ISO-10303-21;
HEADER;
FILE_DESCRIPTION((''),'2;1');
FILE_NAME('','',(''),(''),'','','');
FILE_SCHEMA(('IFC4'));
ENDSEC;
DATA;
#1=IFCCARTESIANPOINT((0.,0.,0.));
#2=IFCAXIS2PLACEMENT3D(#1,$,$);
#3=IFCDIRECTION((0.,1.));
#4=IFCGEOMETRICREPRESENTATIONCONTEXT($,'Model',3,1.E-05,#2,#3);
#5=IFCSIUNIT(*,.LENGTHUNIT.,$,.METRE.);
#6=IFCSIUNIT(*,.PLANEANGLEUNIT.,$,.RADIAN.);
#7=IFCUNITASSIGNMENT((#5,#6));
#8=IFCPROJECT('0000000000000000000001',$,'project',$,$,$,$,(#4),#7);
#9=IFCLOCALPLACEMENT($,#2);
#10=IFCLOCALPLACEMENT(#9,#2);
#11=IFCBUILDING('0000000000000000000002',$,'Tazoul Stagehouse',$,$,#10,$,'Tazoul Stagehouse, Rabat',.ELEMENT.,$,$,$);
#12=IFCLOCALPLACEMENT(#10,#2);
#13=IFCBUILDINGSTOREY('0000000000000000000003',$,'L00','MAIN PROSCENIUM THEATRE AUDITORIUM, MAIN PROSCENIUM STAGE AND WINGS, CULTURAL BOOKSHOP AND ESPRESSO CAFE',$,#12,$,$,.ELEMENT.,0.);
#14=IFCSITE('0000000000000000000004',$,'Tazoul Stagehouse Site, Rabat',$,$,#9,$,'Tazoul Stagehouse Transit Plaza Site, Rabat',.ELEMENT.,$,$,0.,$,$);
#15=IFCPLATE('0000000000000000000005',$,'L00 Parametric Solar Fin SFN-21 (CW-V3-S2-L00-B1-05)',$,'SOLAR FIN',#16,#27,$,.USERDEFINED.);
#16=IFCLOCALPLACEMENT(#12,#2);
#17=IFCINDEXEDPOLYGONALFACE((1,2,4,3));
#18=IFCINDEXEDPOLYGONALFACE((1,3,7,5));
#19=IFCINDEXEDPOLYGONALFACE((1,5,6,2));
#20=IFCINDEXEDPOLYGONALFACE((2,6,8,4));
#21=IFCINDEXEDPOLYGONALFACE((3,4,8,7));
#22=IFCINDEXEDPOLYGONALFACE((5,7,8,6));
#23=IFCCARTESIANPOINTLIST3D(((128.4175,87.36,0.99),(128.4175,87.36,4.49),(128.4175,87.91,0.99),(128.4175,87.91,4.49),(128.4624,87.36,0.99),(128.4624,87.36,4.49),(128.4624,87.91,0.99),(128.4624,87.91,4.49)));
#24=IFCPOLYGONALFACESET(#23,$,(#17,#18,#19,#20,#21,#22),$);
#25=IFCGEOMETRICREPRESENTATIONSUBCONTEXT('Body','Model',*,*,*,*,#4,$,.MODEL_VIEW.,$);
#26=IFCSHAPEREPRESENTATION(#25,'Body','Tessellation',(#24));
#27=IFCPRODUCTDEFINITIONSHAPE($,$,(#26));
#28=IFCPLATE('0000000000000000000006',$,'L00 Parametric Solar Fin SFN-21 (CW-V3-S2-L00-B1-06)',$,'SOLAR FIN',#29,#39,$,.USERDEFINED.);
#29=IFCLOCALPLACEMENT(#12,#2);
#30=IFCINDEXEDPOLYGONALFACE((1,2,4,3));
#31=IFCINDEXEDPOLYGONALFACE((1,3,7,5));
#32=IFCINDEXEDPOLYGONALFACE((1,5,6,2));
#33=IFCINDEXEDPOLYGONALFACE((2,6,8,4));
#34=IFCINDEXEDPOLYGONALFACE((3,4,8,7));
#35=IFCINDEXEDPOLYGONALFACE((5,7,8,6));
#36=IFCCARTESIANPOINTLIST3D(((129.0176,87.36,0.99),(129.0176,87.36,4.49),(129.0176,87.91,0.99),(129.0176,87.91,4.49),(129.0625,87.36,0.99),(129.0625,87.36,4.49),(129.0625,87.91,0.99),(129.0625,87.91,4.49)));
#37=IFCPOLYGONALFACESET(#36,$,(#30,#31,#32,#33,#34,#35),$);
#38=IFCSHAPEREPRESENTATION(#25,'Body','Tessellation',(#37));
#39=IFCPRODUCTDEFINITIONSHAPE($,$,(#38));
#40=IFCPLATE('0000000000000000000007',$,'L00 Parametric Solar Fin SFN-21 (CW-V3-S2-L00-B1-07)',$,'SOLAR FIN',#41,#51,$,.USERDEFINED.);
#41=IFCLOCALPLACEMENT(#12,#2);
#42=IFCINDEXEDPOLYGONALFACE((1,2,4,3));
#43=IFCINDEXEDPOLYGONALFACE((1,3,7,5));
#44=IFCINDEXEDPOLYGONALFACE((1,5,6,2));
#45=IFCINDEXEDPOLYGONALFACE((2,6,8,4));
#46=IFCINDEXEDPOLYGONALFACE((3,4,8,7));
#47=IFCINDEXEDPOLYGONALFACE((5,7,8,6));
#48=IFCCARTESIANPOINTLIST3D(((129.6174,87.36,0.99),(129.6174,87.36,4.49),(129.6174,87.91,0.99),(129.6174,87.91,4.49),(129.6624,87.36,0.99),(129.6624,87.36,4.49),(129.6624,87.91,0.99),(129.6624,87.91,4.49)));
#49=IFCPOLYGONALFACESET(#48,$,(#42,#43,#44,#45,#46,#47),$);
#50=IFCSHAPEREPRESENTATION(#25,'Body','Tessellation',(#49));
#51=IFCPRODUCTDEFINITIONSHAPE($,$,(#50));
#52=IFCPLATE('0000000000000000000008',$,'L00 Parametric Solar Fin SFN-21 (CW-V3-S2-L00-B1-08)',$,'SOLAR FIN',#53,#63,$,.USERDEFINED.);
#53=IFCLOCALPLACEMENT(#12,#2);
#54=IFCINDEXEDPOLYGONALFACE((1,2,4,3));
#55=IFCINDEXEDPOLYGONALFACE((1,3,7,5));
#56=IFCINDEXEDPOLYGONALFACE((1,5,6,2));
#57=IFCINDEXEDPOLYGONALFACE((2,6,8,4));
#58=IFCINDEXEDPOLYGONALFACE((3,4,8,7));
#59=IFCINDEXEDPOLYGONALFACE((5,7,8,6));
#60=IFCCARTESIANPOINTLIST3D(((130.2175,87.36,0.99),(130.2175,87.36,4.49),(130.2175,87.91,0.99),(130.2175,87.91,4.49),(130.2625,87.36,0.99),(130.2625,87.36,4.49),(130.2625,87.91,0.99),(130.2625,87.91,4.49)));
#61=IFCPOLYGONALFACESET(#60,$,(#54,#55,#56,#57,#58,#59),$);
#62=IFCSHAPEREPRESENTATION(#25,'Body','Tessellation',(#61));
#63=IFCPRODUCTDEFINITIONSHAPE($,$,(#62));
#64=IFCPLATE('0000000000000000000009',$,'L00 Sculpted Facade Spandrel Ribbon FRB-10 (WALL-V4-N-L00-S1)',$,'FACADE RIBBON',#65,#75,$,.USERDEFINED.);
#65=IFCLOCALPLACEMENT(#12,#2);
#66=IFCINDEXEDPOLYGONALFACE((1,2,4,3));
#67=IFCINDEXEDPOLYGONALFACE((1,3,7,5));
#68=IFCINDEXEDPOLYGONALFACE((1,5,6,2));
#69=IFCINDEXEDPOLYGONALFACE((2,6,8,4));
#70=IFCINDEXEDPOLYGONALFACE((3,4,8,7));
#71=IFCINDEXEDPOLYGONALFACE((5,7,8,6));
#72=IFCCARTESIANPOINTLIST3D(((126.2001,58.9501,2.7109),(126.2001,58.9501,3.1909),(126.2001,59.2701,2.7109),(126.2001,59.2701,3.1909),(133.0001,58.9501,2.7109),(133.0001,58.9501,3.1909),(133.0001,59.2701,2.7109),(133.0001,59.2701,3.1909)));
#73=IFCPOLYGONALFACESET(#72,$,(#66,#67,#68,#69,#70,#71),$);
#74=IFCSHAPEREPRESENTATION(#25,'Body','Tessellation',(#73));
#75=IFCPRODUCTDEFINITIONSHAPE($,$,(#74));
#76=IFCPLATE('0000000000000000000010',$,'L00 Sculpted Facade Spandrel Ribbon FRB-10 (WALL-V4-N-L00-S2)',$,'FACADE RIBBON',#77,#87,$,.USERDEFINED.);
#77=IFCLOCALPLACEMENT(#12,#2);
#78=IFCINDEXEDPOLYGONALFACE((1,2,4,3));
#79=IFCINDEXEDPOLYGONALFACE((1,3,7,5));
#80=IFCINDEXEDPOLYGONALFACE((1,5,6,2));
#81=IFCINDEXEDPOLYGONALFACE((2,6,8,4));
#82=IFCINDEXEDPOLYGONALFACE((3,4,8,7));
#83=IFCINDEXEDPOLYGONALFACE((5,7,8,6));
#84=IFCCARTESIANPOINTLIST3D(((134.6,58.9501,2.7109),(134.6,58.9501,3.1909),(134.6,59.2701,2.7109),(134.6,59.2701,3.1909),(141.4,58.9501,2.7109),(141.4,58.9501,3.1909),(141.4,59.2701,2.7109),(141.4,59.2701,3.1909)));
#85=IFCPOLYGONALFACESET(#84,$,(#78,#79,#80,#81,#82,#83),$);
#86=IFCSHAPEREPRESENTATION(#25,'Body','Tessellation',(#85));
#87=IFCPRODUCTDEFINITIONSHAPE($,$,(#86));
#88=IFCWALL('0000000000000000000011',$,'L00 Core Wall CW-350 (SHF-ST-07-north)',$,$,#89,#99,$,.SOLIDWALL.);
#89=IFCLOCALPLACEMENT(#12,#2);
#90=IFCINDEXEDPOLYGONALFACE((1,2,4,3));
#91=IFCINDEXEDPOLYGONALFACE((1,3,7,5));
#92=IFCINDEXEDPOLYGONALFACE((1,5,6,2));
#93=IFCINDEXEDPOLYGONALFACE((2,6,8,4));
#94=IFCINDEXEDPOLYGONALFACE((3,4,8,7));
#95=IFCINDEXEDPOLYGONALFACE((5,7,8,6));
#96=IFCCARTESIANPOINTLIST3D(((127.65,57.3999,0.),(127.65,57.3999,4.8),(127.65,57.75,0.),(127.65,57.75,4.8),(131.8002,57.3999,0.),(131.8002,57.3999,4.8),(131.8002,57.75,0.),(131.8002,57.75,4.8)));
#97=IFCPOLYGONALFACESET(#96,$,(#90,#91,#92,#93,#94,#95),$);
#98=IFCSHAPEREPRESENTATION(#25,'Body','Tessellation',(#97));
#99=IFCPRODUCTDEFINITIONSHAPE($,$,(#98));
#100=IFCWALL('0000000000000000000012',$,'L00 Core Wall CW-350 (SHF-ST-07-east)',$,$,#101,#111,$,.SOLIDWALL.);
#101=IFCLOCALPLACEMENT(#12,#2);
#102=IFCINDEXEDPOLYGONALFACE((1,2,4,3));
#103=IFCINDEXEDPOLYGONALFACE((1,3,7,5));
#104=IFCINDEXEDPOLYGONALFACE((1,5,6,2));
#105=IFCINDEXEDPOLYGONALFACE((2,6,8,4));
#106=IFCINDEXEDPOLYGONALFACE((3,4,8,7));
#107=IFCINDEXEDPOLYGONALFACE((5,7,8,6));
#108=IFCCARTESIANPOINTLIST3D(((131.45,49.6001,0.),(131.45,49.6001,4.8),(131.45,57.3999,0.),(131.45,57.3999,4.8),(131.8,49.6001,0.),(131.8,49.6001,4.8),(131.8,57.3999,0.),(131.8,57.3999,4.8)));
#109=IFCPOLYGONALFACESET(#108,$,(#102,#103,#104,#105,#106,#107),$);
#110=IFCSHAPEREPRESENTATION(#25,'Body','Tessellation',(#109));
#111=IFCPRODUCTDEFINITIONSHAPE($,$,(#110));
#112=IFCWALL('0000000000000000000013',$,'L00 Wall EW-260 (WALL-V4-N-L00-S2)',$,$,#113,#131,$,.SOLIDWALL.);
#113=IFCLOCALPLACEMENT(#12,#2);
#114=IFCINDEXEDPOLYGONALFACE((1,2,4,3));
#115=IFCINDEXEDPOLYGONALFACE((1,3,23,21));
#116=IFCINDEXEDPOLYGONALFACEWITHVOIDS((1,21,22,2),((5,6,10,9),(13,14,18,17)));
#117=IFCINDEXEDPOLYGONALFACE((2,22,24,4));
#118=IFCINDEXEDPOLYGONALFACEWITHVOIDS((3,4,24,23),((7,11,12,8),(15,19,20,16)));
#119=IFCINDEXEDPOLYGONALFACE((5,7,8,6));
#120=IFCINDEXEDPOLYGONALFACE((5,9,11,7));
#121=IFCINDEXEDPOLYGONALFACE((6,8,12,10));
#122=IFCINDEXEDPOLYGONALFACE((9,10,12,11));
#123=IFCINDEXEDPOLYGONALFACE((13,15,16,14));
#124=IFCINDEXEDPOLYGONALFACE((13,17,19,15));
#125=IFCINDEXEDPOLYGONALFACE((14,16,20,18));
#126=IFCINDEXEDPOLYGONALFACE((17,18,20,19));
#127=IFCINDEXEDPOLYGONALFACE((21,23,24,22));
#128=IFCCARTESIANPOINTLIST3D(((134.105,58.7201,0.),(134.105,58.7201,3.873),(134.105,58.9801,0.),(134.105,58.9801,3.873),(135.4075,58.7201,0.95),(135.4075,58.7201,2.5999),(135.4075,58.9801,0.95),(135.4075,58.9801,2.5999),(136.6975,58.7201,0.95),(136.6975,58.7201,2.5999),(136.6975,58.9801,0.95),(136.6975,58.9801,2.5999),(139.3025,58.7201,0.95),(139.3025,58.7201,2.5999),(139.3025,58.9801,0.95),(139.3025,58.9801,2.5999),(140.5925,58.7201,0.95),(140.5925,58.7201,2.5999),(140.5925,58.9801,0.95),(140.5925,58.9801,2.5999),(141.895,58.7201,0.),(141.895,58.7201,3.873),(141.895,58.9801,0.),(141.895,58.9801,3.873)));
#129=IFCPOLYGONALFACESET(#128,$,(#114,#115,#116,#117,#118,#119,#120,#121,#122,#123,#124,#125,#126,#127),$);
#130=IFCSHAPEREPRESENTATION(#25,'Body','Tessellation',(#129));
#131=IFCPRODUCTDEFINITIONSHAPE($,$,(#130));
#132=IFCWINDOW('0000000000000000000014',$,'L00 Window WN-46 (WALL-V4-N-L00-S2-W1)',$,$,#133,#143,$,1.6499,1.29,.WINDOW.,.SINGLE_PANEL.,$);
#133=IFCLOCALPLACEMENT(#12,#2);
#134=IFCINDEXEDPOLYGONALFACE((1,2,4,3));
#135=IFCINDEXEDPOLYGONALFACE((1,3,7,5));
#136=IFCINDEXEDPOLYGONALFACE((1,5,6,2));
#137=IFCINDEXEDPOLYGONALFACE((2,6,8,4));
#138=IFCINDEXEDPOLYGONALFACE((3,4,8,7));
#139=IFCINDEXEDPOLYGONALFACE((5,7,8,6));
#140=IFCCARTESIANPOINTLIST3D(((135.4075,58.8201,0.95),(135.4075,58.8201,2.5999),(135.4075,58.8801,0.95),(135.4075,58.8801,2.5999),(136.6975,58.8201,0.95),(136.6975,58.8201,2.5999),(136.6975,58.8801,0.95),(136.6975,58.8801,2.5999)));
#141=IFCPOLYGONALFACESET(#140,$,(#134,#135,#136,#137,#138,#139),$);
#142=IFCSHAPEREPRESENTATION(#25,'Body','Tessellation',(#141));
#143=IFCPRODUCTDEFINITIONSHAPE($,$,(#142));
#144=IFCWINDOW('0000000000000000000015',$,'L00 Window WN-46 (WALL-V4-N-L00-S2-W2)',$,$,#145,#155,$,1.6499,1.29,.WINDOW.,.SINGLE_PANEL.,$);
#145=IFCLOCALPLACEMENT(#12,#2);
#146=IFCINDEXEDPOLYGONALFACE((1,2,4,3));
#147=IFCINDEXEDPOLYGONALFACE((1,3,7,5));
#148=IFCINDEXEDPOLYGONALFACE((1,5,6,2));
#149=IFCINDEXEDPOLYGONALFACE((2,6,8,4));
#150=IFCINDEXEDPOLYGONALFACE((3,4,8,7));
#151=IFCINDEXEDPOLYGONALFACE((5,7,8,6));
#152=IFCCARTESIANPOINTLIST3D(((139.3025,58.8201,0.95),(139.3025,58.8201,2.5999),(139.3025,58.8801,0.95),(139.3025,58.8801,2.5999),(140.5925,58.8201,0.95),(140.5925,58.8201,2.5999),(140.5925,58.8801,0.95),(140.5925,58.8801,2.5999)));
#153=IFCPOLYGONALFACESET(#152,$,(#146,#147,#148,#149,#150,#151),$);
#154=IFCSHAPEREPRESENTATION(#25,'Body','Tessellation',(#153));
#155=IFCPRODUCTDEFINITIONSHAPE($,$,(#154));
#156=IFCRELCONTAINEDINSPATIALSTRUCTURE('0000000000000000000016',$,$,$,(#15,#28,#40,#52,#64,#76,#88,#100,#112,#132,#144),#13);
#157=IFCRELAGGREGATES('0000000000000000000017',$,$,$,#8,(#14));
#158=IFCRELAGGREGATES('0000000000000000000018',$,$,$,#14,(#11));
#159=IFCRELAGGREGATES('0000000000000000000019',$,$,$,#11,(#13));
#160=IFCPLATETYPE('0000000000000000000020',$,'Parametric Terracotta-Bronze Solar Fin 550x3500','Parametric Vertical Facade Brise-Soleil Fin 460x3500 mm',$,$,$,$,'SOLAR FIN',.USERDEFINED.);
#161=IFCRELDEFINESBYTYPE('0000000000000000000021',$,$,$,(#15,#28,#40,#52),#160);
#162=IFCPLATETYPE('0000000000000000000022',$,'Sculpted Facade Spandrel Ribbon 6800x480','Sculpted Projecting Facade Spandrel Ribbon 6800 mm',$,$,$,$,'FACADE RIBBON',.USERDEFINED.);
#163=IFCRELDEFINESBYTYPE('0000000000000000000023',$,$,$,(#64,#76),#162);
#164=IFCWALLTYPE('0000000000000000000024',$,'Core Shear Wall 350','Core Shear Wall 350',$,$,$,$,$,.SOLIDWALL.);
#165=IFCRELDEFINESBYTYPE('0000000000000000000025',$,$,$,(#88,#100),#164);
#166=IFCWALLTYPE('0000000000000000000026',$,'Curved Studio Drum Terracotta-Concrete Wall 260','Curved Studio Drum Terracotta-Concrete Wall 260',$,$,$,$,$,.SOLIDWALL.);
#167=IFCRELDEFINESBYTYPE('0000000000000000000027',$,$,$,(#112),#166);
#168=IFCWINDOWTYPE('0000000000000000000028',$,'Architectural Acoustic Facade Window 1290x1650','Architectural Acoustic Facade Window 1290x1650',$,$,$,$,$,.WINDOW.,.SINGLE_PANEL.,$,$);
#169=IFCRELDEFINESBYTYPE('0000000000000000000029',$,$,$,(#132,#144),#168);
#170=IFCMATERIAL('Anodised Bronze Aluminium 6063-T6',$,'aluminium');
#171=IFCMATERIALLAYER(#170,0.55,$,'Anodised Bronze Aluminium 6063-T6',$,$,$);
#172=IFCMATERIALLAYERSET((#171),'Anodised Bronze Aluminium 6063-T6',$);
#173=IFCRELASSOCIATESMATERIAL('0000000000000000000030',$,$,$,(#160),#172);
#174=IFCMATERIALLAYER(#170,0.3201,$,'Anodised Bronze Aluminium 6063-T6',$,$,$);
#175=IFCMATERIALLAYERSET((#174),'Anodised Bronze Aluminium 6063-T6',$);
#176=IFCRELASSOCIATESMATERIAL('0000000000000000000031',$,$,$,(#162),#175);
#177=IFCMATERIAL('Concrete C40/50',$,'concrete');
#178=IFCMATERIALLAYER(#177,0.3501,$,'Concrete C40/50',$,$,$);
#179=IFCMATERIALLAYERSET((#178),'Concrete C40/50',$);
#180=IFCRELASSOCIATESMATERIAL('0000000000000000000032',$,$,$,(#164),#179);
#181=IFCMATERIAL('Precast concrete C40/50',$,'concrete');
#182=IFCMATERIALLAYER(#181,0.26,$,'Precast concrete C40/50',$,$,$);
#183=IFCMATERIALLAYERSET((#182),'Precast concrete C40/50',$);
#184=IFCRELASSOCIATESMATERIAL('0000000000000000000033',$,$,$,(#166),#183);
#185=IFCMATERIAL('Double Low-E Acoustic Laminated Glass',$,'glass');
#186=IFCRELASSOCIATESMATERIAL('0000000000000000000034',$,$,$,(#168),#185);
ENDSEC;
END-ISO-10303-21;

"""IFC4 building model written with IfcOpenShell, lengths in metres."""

from ifc_helpers import new_model, si_unit, direction, frame, frame_2d, origin, origin_2d, place, context, subcontext, project, spatial, rectangle, extrude, material, layer, layer_set, type_object, element, fill, save


model = new_model("IFC4")

# Units and contexts
model_context = context("Model", 3, precision=1e-05, world=origin(), true_north=direction((0.0, 1.0)))
body_context = subcontext(model_context, "Body", "Model", "MODEL_VIEW")
ifc_project = project(units=[si_unit("LENGTHUNIT", "METRE"), si_unit("PLANEANGLEUNIT", "RADIAN")], contexts=[model_context])

# Site, building, storey
site_placement = place(None, origin())
site = spatial("IfcSite", under=ifc_project, at=site_placement, Name="Tazoul Stagehouse Site, Rabat", LongName="Tazoul Stagehouse Transit Plaza Site, Rabat", CompositionType="ELEMENT", RefElevation=0.0)
building_placement = place(site_placement, origin())
building = spatial("IfcBuilding", under=site, at=building_placement, Name="Tazoul Stagehouse", LongName="Tazoul Stagehouse, Rabat", CompositionType="ELEMENT")
storey_placement = place(building_placement, origin())
storey = spatial("IfcBuildingStorey", under=building, at=storey_placement, Name="L00", Description="MAIN PROSCENIUM THEATRE AUDITORIUM, MAIN PROSCENIUM STAGE AND WINGS, CULTURAL BOOKSHOP AND ESPRESSO CAFE", CompositionType="ELEMENT", Elevation=0.0)

# Shared definitions
ifc_material_1 = material(Name="Concrete C40/50", Category="concrete")

# Plates
ifc_material_2 = material(Name="Anodised Bronze Aluminium 6063-T6", Category="aluminium")
ifc_layer_1 = layer(ifc_material_2, 0.55, Name="Anodised Bronze Aluminium 6063-T6")
ifc_layer_set_1 = layer_set([ifc_layer_1], Name="Anodised Bronze Aluminium 6063-T6")
plate_type_1 = type_object("IfcPlateType", Name="Parametric Terracotta-Bronze Solar Fin 550x3500", Description="Parametric Vertical Facade Brise-Soleil Fin 460x3500 mm", ElementType="SOLAR FIN", PredefinedType="USERDEFINED", material=ifc_layer_set_1)
for number, where, z_axis, x_axis, name in (
    (1, (128.4399, 87.635, 0.99), (0.0, 0.0, 1.0), (1.0, 0.0, 0.0), "L00 Parametric Solar Fin SFN-21 (CW-V3-S2-L00-B1-05)"),
    (2, (129.04, 87.635, 0.99), (0.0, 0.0, 1.0), (1.0, 0.0, 0.0), "L00 Parametric Solar Fin SFN-21 (CW-V3-S2-L00-B1-06)"),
    (3, (129.6399, 87.635, 0.99), (0.0, 0.0, 1.0), (1.0, 0.0, 0.0), "L00 Parametric Solar Fin SFN-21 (CW-V3-S2-L00-B1-07)"),
    (4, (130.24, 87.635, 0.99), (0.0, 0.0, 1.0), (1.0, 0.0, 0.0), "L00 Parametric Solar Fin SFN-21 (CW-V3-S2-L00-B1-08)"),
):
    element("IfcPlate", number, at=place(storey_placement, frame(where, z_axis=z_axis, x_axis=x_axis)), inside=storey, type_object=plate_type_1, Name=name, ObjectType="SOLAR FIN", PredefinedType="USERDEFINED", context=body_context, shape_type="SweptSolid", body=[
        extrude(rectangle(XDim=0.0449, YDim=0.55, at=origin_2d()), origin(), (0.0, 0.0, 1.0), 3.5),
    ])
ifc_layer_2 = layer(ifc_material_2, 0.3201, Name="Anodised Bronze Aluminium 6063-T6")
ifc_layer_set_2 = layer_set([ifc_layer_2], Name="Anodised Bronze Aluminium 6063-T6")
plate_type_2 = type_object("IfcPlateType", Name="Sculpted Facade Spandrel Ribbon 6800x480", Description="Sculpted Projecting Facade Spandrel Ribbon 6800 mm", ElementType="FACADE RIBBON", PredefinedType="USERDEFINED", material=ifc_layer_set_2)
for number, where, z_axis, x_axis, name in (
    (5, (129.6001, 59.1101, 2.7109), (0.0, 0.0, 1.0), (1.0, 0.0, 0.0), "L00 Sculpted Facade Spandrel Ribbon FRB-10 (WALL-V4-N-L00-S1)"),
    (6, (138.0, 59.1101, 2.7109), (0.0, 0.0, 1.0), (1.0, 0.0, 0.0), "L00 Sculpted Facade Spandrel Ribbon FRB-10 (WALL-V4-N-L00-S2)"),
):
    element("IfcPlate", number, at=place(storey_placement, frame(where, z_axis=z_axis, x_axis=x_axis)), inside=storey, type_object=plate_type_2, Name=name, ObjectType="FACADE RIBBON", PredefinedType="USERDEFINED", context=body_context, shape_type="SweptSolid", body=[
        extrude(rectangle(XDim=6.8, YDim=0.3201, at=origin_2d()), origin(), (0.0, 0.0, 1.0), 0.48),
    ])

# Walls
ifc_layer_3 = layer(ifc_material_1, 0.3501, Name="Concrete C40/50")
ifc_layer_set_3 = layer_set([ifc_layer_3], Name="Concrete C40/50")
wall_type_1 = type_object("IfcWallType", Name="Core Shear Wall 350", Description="Core Shear Wall 350", PredefinedType="SOLIDWALL", material=ifc_layer_set_3)
wall_1_placement = place(storey_placement, frame((127.6499, 57.575, 0.0), z_axis=(0.0, 0.0, 1.0), x_axis=(1.0, 0.0, 0.0)))
element("IfcWall", 7, at=wall_1_placement, inside=storey, type_object=wall_type_1, Name="L00 Core Wall CW-350 (SHF-ST-07-north)", PredefinedType="SOLIDWALL", context=body_context, shape_type="SweptSolid", body=[
    extrude(rectangle(XDim=4.1501, YDim=0.3501, at=frame_2d((2.0752, 0.0))), origin(), (0.0, 0.0, 1.0), 4.8),
])
wall_2_placement = place(storey_placement, frame((131.625, 57.3999, 0.0), z_axis=(0.0, 0.0, 1.0), x_axis=(0.0, -1.0, 0.0)))
element("IfcWall", 8, at=wall_2_placement, inside=storey, type_object=wall_type_1, Name="L00 Core Wall CW-350 (SHF-ST-07-east)", PredefinedType="SOLIDWALL", context=body_context, shape_type="SweptSolid", body=[
    extrude(rectangle(XDim=7.7998, YDim=0.3501, at=frame_2d((3.8999, 0.0))), origin(), (0.0, 0.0, 1.0), 4.8),
])

# Wall, openings, windows
ifc_material_3 = material(Name="Precast concrete C40/50", Category="concrete")
ifc_layer_4 = layer(ifc_material_3, 0.26, Name="Precast concrete C40/50")
ifc_layer_set_4 = layer_set([ifc_layer_4], Name="Precast concrete C40/50")
wall_type_2 = type_object("IfcWallType", Name="Curved Studio Drum Terracotta-Concrete Wall 260", Description="Curved Studio Drum Terracotta-Concrete Wall 260", PredefinedType="SOLIDWALL", material=ifc_layer_set_4)
wall_3_placement = place(storey_placement, frame((134.105, 58.8501, 0.0), z_axis=(0.0, 0.0, 1.0), x_axis=(1.0, 0.0, 0.0)))
wall_3 = element("IfcWall", 9, at=wall_3_placement, inside=storey, type_object=wall_type_2, Name="L00 Wall EW-260 (WALL-V4-N-L00-S2)", PredefinedType="SOLIDWALL", context=body_context, shape_type="SweptSolid", body=[
    extrude(rectangle(XDim=7.79, YDim=0.26, at=frame_2d((3.895, 0.0))), origin(), (0.0, 0.0, 1.0), 3.873),
])
opening_1_placement = place(wall_3_placement, frame((1.3025, 0.0, 0.95)))
opening_1 = element("IfcOpeningElement", 10, at=opening_1_placement, cuts=wall_3, PredefinedType="OPENING", context=body_context, shape_type="SweptSolid", body=[
    extrude(rectangle(XDim=1.29, YDim=1.6499, at=frame_2d((0.645, 0.825))), frame((0.0, 0.1499, 0.0), z_axis=(0.0, -1.0, 0.0), x_axis=(1.0, 0.0, 0.0)), (0.0, 0.0, 1.0), 0.3),
])
opening_2_placement = place(wall_3_placement, frame((5.1975, 0.0, 0.95)))
opening_2 = element("IfcOpeningElement", 11, at=opening_2_placement, cuts=wall_3, PredefinedType="OPENING", context=body_context, shape_type="SweptSolid", body=[
    extrude(rectangle(XDim=1.29, YDim=1.6499, at=frame_2d((0.645, 0.825))), frame((0.0, 0.1499, 0.0), z_axis=(0.0, -1.0, 0.0), x_axis=(1.0, 0.0, 0.0)), (0.0, 0.0, 1.0), 0.3),
])
ifc_material_4 = material(Name="Double Low-E Acoustic Laminated Glass", Category="glass")
window_type = type_object("IfcWindowType", Name="Architectural Acoustic Facade Window 1290x1650", Description="Architectural Acoustic Facade Window 1290x1650", PartitioningType="SINGLE_PANEL", PredefinedType="WINDOW", material=ifc_material_4)
window_1_placement = place(opening_1_placement, origin())
window_1 = element("IfcWindow", 12, at=window_1_placement, inside=storey, type_object=window_type, Name="L00 Window WN-46 (WALL-V4-N-L00-S2-W1)", OverallHeight=1.6499, OverallWidth=1.29, PartitioningType="SINGLE_PANEL", PredefinedType="WINDOW", context=body_context, shape_type="SweptSolid", body=[
    extrude(rectangle(XDim=1.29, YDim=1.6499, at=frame_2d((0.645, 0.825))), frame((0.0, 0.03, 0.0), z_axis=(0.0, -1.0, 0.0), x_axis=(1.0, 0.0, 0.0)), (0.0, 0.0, 1.0), 0.0601),
])
fill(opening_1, window_1)
window_2_placement = place(opening_2_placement, origin())
window_2 = element("IfcWindow", 13, at=window_2_placement, inside=storey, type_object=window_type, Name="L00 Window WN-46 (WALL-V4-N-L00-S2-W2)", OverallHeight=1.6499, OverallWidth=1.29, PartitioningType="SINGLE_PANEL", PredefinedType="WINDOW", context=body_context, shape_type="SweptSolid", body=[
    extrude(rectangle(XDim=1.29, YDim=1.6499, at=frame_2d((0.645, 0.825))), frame((0.0, 0.03, 0.0), z_axis=(0.0, -1.0, 0.0), x_axis=(1.0, 0.0, 0.0)), (0.0, 0.0, 1.0), 0.0601),
])
fill(opening_2, window_2)

save(model, "model.ifc")
